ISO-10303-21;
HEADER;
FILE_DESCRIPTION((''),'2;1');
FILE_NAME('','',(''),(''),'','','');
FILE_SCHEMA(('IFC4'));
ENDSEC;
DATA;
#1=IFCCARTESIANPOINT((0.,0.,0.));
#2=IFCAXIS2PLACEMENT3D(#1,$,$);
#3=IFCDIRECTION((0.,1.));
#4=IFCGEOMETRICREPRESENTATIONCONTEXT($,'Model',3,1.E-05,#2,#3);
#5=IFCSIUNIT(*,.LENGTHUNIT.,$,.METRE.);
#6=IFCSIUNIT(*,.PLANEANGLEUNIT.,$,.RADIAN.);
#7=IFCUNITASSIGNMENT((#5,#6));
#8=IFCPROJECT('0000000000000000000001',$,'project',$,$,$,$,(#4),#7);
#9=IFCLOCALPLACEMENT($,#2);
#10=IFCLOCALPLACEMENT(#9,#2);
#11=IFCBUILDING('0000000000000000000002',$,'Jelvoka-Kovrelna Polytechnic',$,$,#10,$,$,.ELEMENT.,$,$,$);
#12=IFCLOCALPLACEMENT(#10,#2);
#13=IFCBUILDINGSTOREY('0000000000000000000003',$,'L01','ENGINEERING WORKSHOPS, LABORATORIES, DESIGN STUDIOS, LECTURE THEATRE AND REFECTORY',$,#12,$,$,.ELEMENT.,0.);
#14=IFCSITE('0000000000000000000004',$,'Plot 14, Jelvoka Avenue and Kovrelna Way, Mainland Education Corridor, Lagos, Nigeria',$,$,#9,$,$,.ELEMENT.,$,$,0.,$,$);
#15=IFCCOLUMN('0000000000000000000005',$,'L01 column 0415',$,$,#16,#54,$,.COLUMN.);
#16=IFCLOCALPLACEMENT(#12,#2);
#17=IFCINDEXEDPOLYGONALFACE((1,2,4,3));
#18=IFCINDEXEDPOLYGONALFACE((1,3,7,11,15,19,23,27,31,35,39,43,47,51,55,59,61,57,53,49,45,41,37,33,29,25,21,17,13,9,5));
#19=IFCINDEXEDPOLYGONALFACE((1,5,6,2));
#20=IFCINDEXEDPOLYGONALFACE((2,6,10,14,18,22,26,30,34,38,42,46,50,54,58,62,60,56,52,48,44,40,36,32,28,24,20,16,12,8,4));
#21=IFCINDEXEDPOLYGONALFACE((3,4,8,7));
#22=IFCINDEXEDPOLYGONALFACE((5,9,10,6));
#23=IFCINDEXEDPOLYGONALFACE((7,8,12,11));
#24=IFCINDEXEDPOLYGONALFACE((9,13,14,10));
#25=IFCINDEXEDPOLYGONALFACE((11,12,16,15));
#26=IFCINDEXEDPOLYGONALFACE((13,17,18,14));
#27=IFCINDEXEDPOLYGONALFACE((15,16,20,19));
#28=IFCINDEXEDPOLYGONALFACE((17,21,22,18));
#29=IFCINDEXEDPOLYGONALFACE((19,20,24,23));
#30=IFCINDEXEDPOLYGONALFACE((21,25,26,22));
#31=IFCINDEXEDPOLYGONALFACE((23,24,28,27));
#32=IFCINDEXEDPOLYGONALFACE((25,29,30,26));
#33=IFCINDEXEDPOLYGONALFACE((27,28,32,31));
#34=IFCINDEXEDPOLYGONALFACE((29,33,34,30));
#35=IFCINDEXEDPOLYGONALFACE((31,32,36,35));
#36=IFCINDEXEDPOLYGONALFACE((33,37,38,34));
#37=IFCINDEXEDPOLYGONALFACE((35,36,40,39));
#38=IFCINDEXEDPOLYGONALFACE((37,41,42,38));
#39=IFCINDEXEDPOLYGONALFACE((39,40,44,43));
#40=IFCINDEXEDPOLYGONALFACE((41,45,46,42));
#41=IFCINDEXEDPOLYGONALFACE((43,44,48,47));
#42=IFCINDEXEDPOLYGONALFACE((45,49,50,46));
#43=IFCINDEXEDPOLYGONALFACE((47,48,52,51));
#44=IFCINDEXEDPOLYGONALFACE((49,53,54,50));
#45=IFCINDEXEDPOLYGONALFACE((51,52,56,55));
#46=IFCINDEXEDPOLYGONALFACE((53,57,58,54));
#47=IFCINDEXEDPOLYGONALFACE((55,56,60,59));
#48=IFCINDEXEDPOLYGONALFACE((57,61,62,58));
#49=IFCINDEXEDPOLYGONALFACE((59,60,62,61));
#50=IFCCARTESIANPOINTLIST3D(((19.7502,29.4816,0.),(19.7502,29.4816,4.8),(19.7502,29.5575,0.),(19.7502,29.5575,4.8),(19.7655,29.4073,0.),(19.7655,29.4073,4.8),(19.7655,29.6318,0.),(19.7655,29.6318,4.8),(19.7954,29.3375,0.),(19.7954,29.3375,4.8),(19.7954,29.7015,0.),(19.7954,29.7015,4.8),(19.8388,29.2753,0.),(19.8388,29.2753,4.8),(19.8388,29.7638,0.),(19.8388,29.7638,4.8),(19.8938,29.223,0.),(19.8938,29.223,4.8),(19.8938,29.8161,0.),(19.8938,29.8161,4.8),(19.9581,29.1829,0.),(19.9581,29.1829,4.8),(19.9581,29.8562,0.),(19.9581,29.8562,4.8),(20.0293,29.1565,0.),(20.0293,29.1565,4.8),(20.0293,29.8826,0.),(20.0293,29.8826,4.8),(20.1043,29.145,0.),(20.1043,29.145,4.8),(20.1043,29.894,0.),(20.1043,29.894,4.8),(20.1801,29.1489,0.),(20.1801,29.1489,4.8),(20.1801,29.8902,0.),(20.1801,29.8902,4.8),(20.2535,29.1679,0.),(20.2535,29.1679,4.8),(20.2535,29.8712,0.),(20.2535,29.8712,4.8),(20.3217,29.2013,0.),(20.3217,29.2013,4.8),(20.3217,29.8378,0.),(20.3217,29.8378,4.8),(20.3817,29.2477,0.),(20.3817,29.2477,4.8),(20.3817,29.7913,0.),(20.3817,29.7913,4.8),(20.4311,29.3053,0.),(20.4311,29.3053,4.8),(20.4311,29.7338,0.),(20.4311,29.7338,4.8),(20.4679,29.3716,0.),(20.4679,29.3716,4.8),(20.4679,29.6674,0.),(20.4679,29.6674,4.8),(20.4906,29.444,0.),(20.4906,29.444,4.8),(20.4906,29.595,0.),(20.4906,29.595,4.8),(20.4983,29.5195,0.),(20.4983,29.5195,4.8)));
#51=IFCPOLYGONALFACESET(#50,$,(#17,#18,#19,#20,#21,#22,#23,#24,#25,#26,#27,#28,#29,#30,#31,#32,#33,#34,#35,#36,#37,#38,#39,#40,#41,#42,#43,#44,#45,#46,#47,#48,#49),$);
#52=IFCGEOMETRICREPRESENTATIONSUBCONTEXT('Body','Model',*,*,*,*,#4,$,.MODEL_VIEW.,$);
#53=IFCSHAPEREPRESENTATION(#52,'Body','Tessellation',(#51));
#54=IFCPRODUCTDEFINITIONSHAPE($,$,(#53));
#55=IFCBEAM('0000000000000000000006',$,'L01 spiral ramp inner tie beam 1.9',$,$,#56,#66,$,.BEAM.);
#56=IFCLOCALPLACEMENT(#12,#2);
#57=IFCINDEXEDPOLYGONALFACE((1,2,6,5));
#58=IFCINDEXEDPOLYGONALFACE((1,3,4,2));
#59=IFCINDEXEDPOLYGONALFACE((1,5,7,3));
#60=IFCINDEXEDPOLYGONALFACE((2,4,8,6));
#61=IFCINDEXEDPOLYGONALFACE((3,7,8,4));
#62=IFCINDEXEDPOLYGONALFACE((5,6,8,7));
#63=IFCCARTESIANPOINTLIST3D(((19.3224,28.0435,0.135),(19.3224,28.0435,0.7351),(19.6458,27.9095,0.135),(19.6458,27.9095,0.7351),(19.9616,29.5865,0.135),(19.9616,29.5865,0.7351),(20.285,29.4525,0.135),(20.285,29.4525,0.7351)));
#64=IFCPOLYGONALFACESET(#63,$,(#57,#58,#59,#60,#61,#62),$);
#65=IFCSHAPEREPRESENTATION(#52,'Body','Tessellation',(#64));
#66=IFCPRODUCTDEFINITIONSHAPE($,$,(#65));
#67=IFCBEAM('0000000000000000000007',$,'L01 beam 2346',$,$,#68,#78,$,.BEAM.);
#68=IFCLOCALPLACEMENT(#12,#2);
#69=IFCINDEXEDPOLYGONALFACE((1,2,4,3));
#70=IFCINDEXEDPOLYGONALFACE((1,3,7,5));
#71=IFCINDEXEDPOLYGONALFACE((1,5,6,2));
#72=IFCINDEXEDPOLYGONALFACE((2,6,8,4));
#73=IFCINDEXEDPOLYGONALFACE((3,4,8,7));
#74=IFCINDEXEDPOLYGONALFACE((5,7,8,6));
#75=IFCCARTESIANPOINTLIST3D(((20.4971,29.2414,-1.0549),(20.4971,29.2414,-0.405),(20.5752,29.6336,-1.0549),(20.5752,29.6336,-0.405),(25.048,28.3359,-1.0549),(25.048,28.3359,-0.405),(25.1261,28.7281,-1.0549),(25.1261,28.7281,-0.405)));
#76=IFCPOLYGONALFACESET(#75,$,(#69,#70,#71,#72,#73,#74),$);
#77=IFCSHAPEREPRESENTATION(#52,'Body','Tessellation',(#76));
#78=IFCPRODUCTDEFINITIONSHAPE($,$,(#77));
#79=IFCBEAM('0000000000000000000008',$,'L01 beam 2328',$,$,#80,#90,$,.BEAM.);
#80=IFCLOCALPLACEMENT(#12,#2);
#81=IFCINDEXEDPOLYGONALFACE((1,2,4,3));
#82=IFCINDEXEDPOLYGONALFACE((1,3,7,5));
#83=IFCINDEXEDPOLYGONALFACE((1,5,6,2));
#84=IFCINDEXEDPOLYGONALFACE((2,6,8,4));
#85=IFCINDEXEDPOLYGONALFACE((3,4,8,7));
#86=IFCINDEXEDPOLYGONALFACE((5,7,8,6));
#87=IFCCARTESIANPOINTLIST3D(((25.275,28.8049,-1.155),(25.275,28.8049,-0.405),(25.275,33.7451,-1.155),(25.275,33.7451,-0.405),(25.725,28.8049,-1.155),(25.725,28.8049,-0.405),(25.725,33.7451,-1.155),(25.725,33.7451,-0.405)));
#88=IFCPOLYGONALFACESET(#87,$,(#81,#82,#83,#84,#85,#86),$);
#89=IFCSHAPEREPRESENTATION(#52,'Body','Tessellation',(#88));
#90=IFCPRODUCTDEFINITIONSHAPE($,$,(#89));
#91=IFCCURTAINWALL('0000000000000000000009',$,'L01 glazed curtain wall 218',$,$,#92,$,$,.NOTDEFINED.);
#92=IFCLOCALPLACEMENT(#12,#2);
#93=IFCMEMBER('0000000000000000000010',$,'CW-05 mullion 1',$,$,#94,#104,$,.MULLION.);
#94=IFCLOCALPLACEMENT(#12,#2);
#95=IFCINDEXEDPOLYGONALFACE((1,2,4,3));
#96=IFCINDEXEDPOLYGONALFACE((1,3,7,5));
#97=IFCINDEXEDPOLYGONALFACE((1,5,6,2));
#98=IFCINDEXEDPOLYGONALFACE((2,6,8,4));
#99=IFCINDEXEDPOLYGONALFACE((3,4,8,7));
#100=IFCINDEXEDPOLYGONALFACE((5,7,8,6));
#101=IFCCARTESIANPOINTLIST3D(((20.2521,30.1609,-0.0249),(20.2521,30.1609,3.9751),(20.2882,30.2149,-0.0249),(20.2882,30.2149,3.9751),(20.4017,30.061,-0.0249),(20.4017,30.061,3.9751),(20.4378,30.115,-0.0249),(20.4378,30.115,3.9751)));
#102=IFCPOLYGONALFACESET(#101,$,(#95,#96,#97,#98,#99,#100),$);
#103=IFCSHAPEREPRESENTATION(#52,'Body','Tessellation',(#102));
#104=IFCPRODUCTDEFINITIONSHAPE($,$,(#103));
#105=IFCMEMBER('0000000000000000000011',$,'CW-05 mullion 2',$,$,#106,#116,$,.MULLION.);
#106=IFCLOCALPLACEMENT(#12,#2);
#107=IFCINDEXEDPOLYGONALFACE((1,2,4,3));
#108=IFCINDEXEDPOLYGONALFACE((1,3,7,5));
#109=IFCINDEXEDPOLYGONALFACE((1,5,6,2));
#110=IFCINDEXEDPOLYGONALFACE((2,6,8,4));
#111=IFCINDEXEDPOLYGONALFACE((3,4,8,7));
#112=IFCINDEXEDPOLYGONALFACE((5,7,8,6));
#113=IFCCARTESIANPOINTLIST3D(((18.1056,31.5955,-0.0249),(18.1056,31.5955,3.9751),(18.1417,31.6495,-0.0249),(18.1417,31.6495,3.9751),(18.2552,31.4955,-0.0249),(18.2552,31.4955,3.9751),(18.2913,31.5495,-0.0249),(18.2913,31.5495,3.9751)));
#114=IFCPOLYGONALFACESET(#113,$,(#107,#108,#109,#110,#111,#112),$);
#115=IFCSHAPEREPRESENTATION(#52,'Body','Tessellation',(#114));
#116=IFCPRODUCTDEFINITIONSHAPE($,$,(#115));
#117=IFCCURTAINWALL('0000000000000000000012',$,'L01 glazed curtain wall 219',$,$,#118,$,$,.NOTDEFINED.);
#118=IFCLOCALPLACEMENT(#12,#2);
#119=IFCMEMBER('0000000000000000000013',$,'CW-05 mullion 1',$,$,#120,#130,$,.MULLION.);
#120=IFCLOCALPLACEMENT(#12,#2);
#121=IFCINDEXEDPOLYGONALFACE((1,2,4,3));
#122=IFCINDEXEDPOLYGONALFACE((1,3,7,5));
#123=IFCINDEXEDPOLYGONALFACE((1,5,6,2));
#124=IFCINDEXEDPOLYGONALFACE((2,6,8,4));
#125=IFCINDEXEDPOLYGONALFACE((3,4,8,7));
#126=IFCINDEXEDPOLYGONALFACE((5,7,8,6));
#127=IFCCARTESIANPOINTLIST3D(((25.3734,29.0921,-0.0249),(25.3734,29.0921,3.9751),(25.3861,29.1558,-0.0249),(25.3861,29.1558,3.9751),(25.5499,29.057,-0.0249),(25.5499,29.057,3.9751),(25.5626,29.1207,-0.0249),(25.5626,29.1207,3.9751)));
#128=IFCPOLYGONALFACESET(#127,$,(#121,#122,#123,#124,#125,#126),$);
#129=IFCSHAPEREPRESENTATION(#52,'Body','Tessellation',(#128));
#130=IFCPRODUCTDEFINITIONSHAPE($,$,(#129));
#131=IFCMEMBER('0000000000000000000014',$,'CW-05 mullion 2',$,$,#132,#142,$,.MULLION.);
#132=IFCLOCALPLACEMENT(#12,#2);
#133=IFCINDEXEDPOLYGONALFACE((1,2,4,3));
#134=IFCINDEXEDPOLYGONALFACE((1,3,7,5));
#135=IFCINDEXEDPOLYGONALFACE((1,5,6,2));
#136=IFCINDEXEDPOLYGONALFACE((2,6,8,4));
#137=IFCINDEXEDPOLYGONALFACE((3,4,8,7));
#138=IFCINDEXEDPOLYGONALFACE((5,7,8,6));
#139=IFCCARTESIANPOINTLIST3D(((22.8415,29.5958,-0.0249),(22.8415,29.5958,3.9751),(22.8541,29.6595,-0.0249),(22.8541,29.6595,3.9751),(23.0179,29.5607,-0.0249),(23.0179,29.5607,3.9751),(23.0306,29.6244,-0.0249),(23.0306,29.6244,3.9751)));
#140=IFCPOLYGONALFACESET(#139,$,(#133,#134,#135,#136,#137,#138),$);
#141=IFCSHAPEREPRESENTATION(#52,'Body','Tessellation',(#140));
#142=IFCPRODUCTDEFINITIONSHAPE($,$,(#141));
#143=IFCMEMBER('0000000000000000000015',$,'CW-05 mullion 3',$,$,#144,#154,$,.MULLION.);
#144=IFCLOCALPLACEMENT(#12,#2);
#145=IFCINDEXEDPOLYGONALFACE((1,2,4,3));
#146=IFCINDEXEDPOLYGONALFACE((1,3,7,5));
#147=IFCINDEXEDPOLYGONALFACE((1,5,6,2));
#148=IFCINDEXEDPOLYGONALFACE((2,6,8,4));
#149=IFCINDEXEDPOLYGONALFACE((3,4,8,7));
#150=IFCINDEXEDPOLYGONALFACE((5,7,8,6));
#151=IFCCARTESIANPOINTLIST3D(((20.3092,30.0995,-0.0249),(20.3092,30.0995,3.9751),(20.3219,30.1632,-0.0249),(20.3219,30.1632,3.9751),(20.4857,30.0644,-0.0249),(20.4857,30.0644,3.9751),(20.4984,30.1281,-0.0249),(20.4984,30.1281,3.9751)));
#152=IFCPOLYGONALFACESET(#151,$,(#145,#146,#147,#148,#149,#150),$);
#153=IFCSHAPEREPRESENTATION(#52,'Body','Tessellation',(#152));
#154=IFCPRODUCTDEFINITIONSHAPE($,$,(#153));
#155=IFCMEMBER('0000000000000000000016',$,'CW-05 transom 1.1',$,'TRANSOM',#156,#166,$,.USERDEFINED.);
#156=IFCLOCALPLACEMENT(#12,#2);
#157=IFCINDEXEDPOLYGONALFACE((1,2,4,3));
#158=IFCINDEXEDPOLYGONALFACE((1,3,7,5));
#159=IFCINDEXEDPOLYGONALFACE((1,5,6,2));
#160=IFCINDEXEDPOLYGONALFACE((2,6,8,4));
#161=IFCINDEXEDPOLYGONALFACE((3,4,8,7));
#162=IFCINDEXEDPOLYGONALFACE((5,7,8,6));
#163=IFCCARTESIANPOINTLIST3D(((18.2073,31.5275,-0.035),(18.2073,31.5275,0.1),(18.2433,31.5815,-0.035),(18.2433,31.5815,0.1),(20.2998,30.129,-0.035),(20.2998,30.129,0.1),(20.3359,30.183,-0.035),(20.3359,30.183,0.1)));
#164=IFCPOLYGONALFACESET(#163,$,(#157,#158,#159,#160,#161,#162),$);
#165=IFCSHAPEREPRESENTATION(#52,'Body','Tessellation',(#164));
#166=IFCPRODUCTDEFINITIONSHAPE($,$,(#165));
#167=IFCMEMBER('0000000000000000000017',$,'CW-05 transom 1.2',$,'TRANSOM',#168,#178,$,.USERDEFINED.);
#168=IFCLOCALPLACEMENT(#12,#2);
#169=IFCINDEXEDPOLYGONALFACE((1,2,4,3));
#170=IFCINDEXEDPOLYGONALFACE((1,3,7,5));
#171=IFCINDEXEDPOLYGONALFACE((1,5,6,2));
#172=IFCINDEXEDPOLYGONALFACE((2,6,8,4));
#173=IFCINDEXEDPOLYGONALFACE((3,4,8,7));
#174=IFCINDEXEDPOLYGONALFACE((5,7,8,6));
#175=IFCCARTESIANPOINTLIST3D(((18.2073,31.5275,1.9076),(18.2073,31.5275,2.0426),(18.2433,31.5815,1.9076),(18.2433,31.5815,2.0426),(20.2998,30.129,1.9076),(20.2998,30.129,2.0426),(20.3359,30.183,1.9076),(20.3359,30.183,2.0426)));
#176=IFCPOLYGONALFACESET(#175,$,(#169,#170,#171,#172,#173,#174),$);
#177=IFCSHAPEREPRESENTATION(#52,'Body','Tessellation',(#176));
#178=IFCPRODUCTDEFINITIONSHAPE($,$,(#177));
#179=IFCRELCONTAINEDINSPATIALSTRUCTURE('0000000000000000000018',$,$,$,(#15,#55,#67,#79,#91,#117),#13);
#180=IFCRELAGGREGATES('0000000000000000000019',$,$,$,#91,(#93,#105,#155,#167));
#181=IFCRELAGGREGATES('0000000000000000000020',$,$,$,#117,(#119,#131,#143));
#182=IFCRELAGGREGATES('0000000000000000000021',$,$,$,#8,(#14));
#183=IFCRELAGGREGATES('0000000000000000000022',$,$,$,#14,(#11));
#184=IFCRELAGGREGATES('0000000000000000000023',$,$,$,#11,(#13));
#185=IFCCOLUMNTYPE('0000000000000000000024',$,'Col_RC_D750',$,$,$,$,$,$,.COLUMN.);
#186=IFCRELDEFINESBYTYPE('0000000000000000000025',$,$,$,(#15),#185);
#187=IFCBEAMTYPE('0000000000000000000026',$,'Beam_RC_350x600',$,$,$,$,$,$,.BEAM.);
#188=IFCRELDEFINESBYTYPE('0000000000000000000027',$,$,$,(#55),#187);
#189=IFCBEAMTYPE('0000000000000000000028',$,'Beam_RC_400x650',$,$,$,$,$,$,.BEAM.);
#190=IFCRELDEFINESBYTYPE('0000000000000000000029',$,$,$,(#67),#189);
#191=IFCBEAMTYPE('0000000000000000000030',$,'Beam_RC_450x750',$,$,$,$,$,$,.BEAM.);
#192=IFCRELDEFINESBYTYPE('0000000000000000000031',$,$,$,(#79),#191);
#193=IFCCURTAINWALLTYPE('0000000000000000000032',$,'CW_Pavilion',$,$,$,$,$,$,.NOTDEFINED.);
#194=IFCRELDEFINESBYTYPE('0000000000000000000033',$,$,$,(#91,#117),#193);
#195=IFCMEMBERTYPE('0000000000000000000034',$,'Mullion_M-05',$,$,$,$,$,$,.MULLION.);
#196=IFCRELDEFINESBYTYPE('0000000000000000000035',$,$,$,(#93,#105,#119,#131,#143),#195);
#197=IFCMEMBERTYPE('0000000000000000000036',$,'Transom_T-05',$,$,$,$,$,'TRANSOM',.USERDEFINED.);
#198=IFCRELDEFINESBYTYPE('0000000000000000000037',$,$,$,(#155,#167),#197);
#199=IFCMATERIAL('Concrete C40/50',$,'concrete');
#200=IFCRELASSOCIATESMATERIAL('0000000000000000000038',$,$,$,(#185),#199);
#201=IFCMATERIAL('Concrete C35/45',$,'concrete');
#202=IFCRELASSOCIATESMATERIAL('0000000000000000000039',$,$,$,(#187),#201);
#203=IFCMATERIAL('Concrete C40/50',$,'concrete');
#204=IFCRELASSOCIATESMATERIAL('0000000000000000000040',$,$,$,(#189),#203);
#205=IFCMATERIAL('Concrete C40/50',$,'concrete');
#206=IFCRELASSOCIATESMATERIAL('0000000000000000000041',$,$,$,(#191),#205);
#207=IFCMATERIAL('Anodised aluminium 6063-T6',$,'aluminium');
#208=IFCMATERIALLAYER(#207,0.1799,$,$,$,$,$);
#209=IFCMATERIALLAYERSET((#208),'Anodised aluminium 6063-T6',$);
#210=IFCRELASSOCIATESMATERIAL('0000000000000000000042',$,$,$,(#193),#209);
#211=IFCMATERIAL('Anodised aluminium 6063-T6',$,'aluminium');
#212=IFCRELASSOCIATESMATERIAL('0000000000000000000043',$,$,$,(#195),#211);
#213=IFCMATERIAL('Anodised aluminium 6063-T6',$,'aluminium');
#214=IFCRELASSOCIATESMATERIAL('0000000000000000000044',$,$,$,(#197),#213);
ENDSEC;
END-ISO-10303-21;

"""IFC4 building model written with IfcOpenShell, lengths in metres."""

from ifc_helpers import new_model, si_unit, direction, frame, origin, origin_2d, place, context, subcontext, project, spatial, rectangle, circle, extrude, material, layer, layer_set, material_profile, profile_set, type_object, element, aggregate, save


model = new_model("IFC4")

# Units and contexts
model_context = context("Model", 3, precision=1e-05, world=origin(), true_north=direction((0.0, 1.0)))
body_context = subcontext(model_context, "Body", "Model", "MODEL_VIEW")
ifc_project = project(units=[si_unit("LENGTHUNIT", "METRE"), si_unit("PLANEANGLEUNIT", "RADIAN")], contexts=[model_context])

# Site, building, storey
site_placement = place(None, origin())
site = spatial("IfcSite", under=ifc_project, at=site_placement, Name="Plot 14, Jelvoka Avenue and Kovrelna Way, Mainland Education Corridor, Lagos, Nigeria", CompositionType="ELEMENT", RefElevation=0.0)
building_placement = place(site_placement, origin())
building = spatial("IfcBuilding", under=site, at=building_placement, Name="Jelvoka-Kovrelna Polytechnic", CompositionType="ELEMENT")
storey_placement = place(building_placement, origin())
storey = spatial("IfcBuildingStorey", under=building, at=storey_placement, Name="L01", Description="ENGINEERING WORKSHOPS, LABORATORIES, DESIGN STUDIOS, LECTURE THEATRE AND REFECTORY", CompositionType="ELEMENT", Elevation=0.0)

# Column
ifc_material_1 = material(Name="Concrete C40/50", Category="concrete")
ifc_material_profile_1 = material_profile(ifc_material_1, circle(Radius=0.375, at=origin_2d()), Name="RC D750")
ifc_profile_set_1 = profile_set([ifc_material_profile_1], Name="Concrete C40/50")
column_type = type_object("IfcColumnType", Name="Col_RC_D750", PredefinedType="COLUMN", material=ifc_profile_set_1)
column_placement = place(storey_placement, frame((20.1233, 29.5195, 0.0), z_axis=(0.0, 0.0, 1.0), x_axis=(1.0, 0.0, 0.0)))
element("IfcColumn", 1, at=column_placement, inside=storey, type_object=column_type, Name="L01 column 0415", PredefinedType="COLUMN", context=body_context, shape_type="SweptSolid", body=[
    extrude(circle(Radius=0.375, at=origin_2d()), origin(), (0.0, 0.0, 1.0), 4.8),
])

# Beams
ifc_material_2 = material(Name="Concrete C35/45", Category="concrete")
ifc_material_profile_2 = material_profile(ifc_material_2, rectangle(XDim=0.3501, YDim=0.6001, at=origin_2d()), Name="RC 350x600")
ifc_profile_set_2 = profile_set([ifc_material_profile_2], Name="Concrete C35/45")
beam_type_1 = type_object("IfcBeamType", Name="Beam_RC_350x600", PredefinedType="BEAM", material=ifc_profile_set_2)
beam_1_placement = place(storey_placement, frame((20.1233, 29.5195, 0.4351), z_axis=(-0.382705, -0.923871, 0.0), x_axis=(0.923871, -0.382705, 0.0)))
element("IfcBeam", 2, at=beam_1_placement, inside=storey, type_object=beam_type_1, Name="L01 spiral ramp inner tie beam 1.9", PredefinedType="BEAM", context=body_context, shape_type="SweptSolid", body=[
    extrude(rectangle(XDim=0.3501, YDim=0.6001, at=origin_2d()), origin(), (0.0, 0.0, 1.0), 1.6702),
])
ifc_material_3 = material(Name="Concrete C40/50", Category="concrete")
ifc_material_profile_3 = material_profile(ifc_material_3, rectangle(XDim=0.3999, YDim=0.6499, at=origin_2d()), Name="RC 400x650")
ifc_profile_set_3 = profile_set([ifc_material_profile_3], Name="Concrete C40/50")
beam_type_2 = type_object("IfcBeamType", Name="Beam_RC_400x650", PredefinedType="BEAM", material=ifc_profile_set_3)
beam_2_placement = place(storey_placement, frame((20.5361, 29.4375, -0.73), z_axis=(0.980774, -0.195145, 0.0), x_axis=(0.195145, 0.980774, 0.0)))
element("IfcBeam", 3, at=beam_2_placement, inside=storey, type_object=beam_type_2, Name="L01 beam 2346", PredefinedType="BEAM", context=body_context, shape_type="SweptSolid", body=[
    extrude(rectangle(XDim=0.3999, YDim=0.6499, at=origin_2d()), origin(), (0.0, 0.0, 1.0), 4.6401),
])
ifc_material_4 = material(Name="Concrete C40/50", Category="concrete")
ifc_material_profile_4 = material_profile(ifc_material_4, rectangle(XDim=0.45, YDim=0.75, at=origin_2d()), Name="RC 450x750")
ifc_profile_set_4 = profile_set([ifc_material_profile_4], Name="Concrete C40/50")
beam_type_3 = type_object("IfcBeamType", Name="Beam_RC_450x750", PredefinedType="BEAM", material=ifc_profile_set_4)
beam_3_placement = place(storey_placement, frame((25.5, 33.7451, -0.78), z_axis=(0.0, -1.0, 0.0), x_axis=(1.0, 0.0, 0.0)))
element("IfcBeam", 4, at=beam_3_placement, inside=storey, type_object=beam_type_3, Name="L01 beam 2328", PredefinedType="BEAM", context=body_context, shape_type="SweptSolid", body=[
    extrude(rectangle(XDim=0.45, YDim=0.75, at=origin_2d()), origin(), (0.0, 0.0, 1.0), 4.9402),
])

# Curtain walls, members
ifc_material_5 = material(Name="Anodised aluminium 6063-T6", Category="aluminium")
ifc_layer_1 = layer(ifc_material_5, 0.1799)
ifc_layer_set_1 = layer_set([ifc_layer_1], Name="Anodised aluminium 6063-T6")
curtain_wall_type = type_object("IfcCurtainWallType", Name="CW_Pavilion", PredefinedType="NOTDEFINED", material=ifc_layer_set_1)
curtain_wall_1_placement = place(storey_placement, origin())
curtain_wall_1 = element("IfcCurtainWall", 5, at=curtain_wall_1_placement, inside=storey, type_object=curtain_wall_type, Name="L01 glazed curtain wall 218", PredefinedType="NOTDEFINED")
ifc_material_6 = material(Name="Anodised aluminium 6063-T6", Category="aluminium")
ifc_material_profile_5 = material_profile(ifc_material_6, rectangle(XDim=0.0649, YDim=0.1799, at=origin_2d()), Name="ALU 65x180")
ifc_profile_set_5 = profile_set([ifc_material_profile_5], Name="Anodised aluminium 6063-T6")
member_type_1 = type_object("IfcMemberType", Name="Mullion_M-05", PredefinedType="MULLION", material=ifc_profile_set_5)
member_1_placement = place(storey_placement, frame((20.345, 30.1379, -0.0249), z_axis=(0.0, 0.0, 1.0), x_axis=(-0.555583, -0.831461, 0.0)))
member_1 = element("IfcMember", 6, at=member_1_placement, type_object=member_type_1, Name="CW-05 mullion 1", PredefinedType="MULLION", context=body_context, shape_type="SweptSolid", body=[
    extrude(rectangle(XDim=0.0649, YDim=0.1799, at=origin_2d()), origin(), (0.0, 0.0, 1.0), 4.0),
])
member_2_placement = place(storey_placement, frame((18.1985, 31.5725, -0.0249), z_axis=(0.0, 0.0, 1.0), x_axis=(-0.555583, -0.831461, 0.0)))
member_2 = element("IfcMember", 7, at=member_2_placement, type_object=member_type_1, Name="CW-05 mullion 2", PredefinedType="MULLION", context=body_context, shape_type="SweptSolid", body=[
    extrude(rectangle(XDim=0.0649, YDim=0.1799, at=origin_2d()), origin(), (0.0, 0.0, 1.0), 4.0),
])
curtain_wall_2_placement = place(storey_placement, origin())
curtain_wall_2 = element("IfcCurtainWall", 8, at=curtain_wall_2_placement, inside=storey, type_object=curtain_wall_type, Name="L01 glazed curtain wall 219", PredefinedType="NOTDEFINED")
member_3_placement = place(storey_placement, frame((25.468, 29.1064, -0.0249), z_axis=(0.0, 0.0, 1.0), x_axis=(-0.195086, -0.980786, 0.0)))
member_3 = element("IfcMember", 9, at=member_3_placement, type_object=member_type_1, Name="CW-05 mullion 1", PredefinedType="MULLION", context=body_context, shape_type="SweptSolid", body=[
    extrude(rectangle(XDim=0.0649, YDim=0.1799, at=origin_2d()), origin(), (0.0, 0.0, 1.0), 4.0),
])
member_4_placement = place(storey_placement, frame((22.936, 29.6101, -0.0249), z_axis=(0.0, 0.0, 1.0), x_axis=(-0.195086, -0.980786, 0.0)))
member_4 = element("IfcMember", 10, at=member_4_placement, type_object=member_type_1, Name="CW-05 mullion 2", PredefinedType="MULLION", context=body_context, shape_type="SweptSolid", body=[
    extrude(rectangle(XDim=0.0649, YDim=0.1799, at=origin_2d()), origin(), (0.0, 0.0, 1.0), 4.0),
])
member_5_placement = place(storey_placement, frame((20.4038, 30.1138, -0.0249), z_axis=(0.0, 0.0, 1.0), x_axis=(-0.195086, -0.980786, 0.0)))
member_5 = element("IfcMember", 11, at=member_5_placement, type_object=member_type_1, Name="CW-05 mullion 3", PredefinedType="MULLION", context=body_context, shape_type="SweptSolid", body=[
    extrude(rectangle(XDim=0.0649, YDim=0.1799, at=origin_2d()), origin(), (0.0, 0.0, 1.0), 4.0),
])

# Members
ifc_material_7 = material(Name="Anodised aluminium 6063-T6", Category="aluminium")
ifc_material_profile_6 = material_profile(ifc_material_7, rectangle(XDim=0.0649, YDim=0.135, at=origin_2d()), Name="ALU 65x135")
ifc_profile_set_6 = profile_set([ifc_material_profile_6], Name="Anodised aluminium 6063-T6")
member_type_2 = type_object("IfcMemberType", Name="Transom_T-05", ElementType="TRANSOM", PredefinedType="USERDEFINED", material=ifc_profile_set_6)
member_6_placement = place(storey_placement, frame((20.3179, 30.156, 0.0325), z_axis=(-0.831423, 0.55564, 0.0), x_axis=(-0.55564, -0.831423, 0.0)))
member_6 = element("IfcMember", 12, at=member_6_placement, type_object=member_type_2, Name="CW-05 transom 1.1", ObjectType="TRANSOM", PredefinedType="USERDEFINED", context=body_context, shape_type="SweptSolid", body=[
    extrude(rectangle(XDim=0.0649, YDim=0.135, at=origin_2d()), origin(), (0.0, 0.0, 1.0), 2.5168),
])
member_7_placement = place(storey_placement, frame((20.3179, 30.156, 1.9751), z_axis=(-0.831423, 0.55564, 0.0), x_axis=(-0.55564, -0.831423, 0.0)))
member_7 = element("IfcMember", 13, at=member_7_placement, type_object=member_type_2, Name="CW-05 transom 1.2", ObjectType="TRANSOM", PredefinedType="USERDEFINED", context=body_context, shape_type="SweptSolid", body=[
    extrude(rectangle(XDim=0.0649, YDim=0.135, at=origin_2d()), origin(), (0.0, 0.0, 1.0), 2.5168),
])

aggregate(curtain_wall_1, [member_1, member_2, member_6, member_7])
aggregate(curtain_wall_2, [member_3, member_4, member_5])

save(model, "model.ifc")
